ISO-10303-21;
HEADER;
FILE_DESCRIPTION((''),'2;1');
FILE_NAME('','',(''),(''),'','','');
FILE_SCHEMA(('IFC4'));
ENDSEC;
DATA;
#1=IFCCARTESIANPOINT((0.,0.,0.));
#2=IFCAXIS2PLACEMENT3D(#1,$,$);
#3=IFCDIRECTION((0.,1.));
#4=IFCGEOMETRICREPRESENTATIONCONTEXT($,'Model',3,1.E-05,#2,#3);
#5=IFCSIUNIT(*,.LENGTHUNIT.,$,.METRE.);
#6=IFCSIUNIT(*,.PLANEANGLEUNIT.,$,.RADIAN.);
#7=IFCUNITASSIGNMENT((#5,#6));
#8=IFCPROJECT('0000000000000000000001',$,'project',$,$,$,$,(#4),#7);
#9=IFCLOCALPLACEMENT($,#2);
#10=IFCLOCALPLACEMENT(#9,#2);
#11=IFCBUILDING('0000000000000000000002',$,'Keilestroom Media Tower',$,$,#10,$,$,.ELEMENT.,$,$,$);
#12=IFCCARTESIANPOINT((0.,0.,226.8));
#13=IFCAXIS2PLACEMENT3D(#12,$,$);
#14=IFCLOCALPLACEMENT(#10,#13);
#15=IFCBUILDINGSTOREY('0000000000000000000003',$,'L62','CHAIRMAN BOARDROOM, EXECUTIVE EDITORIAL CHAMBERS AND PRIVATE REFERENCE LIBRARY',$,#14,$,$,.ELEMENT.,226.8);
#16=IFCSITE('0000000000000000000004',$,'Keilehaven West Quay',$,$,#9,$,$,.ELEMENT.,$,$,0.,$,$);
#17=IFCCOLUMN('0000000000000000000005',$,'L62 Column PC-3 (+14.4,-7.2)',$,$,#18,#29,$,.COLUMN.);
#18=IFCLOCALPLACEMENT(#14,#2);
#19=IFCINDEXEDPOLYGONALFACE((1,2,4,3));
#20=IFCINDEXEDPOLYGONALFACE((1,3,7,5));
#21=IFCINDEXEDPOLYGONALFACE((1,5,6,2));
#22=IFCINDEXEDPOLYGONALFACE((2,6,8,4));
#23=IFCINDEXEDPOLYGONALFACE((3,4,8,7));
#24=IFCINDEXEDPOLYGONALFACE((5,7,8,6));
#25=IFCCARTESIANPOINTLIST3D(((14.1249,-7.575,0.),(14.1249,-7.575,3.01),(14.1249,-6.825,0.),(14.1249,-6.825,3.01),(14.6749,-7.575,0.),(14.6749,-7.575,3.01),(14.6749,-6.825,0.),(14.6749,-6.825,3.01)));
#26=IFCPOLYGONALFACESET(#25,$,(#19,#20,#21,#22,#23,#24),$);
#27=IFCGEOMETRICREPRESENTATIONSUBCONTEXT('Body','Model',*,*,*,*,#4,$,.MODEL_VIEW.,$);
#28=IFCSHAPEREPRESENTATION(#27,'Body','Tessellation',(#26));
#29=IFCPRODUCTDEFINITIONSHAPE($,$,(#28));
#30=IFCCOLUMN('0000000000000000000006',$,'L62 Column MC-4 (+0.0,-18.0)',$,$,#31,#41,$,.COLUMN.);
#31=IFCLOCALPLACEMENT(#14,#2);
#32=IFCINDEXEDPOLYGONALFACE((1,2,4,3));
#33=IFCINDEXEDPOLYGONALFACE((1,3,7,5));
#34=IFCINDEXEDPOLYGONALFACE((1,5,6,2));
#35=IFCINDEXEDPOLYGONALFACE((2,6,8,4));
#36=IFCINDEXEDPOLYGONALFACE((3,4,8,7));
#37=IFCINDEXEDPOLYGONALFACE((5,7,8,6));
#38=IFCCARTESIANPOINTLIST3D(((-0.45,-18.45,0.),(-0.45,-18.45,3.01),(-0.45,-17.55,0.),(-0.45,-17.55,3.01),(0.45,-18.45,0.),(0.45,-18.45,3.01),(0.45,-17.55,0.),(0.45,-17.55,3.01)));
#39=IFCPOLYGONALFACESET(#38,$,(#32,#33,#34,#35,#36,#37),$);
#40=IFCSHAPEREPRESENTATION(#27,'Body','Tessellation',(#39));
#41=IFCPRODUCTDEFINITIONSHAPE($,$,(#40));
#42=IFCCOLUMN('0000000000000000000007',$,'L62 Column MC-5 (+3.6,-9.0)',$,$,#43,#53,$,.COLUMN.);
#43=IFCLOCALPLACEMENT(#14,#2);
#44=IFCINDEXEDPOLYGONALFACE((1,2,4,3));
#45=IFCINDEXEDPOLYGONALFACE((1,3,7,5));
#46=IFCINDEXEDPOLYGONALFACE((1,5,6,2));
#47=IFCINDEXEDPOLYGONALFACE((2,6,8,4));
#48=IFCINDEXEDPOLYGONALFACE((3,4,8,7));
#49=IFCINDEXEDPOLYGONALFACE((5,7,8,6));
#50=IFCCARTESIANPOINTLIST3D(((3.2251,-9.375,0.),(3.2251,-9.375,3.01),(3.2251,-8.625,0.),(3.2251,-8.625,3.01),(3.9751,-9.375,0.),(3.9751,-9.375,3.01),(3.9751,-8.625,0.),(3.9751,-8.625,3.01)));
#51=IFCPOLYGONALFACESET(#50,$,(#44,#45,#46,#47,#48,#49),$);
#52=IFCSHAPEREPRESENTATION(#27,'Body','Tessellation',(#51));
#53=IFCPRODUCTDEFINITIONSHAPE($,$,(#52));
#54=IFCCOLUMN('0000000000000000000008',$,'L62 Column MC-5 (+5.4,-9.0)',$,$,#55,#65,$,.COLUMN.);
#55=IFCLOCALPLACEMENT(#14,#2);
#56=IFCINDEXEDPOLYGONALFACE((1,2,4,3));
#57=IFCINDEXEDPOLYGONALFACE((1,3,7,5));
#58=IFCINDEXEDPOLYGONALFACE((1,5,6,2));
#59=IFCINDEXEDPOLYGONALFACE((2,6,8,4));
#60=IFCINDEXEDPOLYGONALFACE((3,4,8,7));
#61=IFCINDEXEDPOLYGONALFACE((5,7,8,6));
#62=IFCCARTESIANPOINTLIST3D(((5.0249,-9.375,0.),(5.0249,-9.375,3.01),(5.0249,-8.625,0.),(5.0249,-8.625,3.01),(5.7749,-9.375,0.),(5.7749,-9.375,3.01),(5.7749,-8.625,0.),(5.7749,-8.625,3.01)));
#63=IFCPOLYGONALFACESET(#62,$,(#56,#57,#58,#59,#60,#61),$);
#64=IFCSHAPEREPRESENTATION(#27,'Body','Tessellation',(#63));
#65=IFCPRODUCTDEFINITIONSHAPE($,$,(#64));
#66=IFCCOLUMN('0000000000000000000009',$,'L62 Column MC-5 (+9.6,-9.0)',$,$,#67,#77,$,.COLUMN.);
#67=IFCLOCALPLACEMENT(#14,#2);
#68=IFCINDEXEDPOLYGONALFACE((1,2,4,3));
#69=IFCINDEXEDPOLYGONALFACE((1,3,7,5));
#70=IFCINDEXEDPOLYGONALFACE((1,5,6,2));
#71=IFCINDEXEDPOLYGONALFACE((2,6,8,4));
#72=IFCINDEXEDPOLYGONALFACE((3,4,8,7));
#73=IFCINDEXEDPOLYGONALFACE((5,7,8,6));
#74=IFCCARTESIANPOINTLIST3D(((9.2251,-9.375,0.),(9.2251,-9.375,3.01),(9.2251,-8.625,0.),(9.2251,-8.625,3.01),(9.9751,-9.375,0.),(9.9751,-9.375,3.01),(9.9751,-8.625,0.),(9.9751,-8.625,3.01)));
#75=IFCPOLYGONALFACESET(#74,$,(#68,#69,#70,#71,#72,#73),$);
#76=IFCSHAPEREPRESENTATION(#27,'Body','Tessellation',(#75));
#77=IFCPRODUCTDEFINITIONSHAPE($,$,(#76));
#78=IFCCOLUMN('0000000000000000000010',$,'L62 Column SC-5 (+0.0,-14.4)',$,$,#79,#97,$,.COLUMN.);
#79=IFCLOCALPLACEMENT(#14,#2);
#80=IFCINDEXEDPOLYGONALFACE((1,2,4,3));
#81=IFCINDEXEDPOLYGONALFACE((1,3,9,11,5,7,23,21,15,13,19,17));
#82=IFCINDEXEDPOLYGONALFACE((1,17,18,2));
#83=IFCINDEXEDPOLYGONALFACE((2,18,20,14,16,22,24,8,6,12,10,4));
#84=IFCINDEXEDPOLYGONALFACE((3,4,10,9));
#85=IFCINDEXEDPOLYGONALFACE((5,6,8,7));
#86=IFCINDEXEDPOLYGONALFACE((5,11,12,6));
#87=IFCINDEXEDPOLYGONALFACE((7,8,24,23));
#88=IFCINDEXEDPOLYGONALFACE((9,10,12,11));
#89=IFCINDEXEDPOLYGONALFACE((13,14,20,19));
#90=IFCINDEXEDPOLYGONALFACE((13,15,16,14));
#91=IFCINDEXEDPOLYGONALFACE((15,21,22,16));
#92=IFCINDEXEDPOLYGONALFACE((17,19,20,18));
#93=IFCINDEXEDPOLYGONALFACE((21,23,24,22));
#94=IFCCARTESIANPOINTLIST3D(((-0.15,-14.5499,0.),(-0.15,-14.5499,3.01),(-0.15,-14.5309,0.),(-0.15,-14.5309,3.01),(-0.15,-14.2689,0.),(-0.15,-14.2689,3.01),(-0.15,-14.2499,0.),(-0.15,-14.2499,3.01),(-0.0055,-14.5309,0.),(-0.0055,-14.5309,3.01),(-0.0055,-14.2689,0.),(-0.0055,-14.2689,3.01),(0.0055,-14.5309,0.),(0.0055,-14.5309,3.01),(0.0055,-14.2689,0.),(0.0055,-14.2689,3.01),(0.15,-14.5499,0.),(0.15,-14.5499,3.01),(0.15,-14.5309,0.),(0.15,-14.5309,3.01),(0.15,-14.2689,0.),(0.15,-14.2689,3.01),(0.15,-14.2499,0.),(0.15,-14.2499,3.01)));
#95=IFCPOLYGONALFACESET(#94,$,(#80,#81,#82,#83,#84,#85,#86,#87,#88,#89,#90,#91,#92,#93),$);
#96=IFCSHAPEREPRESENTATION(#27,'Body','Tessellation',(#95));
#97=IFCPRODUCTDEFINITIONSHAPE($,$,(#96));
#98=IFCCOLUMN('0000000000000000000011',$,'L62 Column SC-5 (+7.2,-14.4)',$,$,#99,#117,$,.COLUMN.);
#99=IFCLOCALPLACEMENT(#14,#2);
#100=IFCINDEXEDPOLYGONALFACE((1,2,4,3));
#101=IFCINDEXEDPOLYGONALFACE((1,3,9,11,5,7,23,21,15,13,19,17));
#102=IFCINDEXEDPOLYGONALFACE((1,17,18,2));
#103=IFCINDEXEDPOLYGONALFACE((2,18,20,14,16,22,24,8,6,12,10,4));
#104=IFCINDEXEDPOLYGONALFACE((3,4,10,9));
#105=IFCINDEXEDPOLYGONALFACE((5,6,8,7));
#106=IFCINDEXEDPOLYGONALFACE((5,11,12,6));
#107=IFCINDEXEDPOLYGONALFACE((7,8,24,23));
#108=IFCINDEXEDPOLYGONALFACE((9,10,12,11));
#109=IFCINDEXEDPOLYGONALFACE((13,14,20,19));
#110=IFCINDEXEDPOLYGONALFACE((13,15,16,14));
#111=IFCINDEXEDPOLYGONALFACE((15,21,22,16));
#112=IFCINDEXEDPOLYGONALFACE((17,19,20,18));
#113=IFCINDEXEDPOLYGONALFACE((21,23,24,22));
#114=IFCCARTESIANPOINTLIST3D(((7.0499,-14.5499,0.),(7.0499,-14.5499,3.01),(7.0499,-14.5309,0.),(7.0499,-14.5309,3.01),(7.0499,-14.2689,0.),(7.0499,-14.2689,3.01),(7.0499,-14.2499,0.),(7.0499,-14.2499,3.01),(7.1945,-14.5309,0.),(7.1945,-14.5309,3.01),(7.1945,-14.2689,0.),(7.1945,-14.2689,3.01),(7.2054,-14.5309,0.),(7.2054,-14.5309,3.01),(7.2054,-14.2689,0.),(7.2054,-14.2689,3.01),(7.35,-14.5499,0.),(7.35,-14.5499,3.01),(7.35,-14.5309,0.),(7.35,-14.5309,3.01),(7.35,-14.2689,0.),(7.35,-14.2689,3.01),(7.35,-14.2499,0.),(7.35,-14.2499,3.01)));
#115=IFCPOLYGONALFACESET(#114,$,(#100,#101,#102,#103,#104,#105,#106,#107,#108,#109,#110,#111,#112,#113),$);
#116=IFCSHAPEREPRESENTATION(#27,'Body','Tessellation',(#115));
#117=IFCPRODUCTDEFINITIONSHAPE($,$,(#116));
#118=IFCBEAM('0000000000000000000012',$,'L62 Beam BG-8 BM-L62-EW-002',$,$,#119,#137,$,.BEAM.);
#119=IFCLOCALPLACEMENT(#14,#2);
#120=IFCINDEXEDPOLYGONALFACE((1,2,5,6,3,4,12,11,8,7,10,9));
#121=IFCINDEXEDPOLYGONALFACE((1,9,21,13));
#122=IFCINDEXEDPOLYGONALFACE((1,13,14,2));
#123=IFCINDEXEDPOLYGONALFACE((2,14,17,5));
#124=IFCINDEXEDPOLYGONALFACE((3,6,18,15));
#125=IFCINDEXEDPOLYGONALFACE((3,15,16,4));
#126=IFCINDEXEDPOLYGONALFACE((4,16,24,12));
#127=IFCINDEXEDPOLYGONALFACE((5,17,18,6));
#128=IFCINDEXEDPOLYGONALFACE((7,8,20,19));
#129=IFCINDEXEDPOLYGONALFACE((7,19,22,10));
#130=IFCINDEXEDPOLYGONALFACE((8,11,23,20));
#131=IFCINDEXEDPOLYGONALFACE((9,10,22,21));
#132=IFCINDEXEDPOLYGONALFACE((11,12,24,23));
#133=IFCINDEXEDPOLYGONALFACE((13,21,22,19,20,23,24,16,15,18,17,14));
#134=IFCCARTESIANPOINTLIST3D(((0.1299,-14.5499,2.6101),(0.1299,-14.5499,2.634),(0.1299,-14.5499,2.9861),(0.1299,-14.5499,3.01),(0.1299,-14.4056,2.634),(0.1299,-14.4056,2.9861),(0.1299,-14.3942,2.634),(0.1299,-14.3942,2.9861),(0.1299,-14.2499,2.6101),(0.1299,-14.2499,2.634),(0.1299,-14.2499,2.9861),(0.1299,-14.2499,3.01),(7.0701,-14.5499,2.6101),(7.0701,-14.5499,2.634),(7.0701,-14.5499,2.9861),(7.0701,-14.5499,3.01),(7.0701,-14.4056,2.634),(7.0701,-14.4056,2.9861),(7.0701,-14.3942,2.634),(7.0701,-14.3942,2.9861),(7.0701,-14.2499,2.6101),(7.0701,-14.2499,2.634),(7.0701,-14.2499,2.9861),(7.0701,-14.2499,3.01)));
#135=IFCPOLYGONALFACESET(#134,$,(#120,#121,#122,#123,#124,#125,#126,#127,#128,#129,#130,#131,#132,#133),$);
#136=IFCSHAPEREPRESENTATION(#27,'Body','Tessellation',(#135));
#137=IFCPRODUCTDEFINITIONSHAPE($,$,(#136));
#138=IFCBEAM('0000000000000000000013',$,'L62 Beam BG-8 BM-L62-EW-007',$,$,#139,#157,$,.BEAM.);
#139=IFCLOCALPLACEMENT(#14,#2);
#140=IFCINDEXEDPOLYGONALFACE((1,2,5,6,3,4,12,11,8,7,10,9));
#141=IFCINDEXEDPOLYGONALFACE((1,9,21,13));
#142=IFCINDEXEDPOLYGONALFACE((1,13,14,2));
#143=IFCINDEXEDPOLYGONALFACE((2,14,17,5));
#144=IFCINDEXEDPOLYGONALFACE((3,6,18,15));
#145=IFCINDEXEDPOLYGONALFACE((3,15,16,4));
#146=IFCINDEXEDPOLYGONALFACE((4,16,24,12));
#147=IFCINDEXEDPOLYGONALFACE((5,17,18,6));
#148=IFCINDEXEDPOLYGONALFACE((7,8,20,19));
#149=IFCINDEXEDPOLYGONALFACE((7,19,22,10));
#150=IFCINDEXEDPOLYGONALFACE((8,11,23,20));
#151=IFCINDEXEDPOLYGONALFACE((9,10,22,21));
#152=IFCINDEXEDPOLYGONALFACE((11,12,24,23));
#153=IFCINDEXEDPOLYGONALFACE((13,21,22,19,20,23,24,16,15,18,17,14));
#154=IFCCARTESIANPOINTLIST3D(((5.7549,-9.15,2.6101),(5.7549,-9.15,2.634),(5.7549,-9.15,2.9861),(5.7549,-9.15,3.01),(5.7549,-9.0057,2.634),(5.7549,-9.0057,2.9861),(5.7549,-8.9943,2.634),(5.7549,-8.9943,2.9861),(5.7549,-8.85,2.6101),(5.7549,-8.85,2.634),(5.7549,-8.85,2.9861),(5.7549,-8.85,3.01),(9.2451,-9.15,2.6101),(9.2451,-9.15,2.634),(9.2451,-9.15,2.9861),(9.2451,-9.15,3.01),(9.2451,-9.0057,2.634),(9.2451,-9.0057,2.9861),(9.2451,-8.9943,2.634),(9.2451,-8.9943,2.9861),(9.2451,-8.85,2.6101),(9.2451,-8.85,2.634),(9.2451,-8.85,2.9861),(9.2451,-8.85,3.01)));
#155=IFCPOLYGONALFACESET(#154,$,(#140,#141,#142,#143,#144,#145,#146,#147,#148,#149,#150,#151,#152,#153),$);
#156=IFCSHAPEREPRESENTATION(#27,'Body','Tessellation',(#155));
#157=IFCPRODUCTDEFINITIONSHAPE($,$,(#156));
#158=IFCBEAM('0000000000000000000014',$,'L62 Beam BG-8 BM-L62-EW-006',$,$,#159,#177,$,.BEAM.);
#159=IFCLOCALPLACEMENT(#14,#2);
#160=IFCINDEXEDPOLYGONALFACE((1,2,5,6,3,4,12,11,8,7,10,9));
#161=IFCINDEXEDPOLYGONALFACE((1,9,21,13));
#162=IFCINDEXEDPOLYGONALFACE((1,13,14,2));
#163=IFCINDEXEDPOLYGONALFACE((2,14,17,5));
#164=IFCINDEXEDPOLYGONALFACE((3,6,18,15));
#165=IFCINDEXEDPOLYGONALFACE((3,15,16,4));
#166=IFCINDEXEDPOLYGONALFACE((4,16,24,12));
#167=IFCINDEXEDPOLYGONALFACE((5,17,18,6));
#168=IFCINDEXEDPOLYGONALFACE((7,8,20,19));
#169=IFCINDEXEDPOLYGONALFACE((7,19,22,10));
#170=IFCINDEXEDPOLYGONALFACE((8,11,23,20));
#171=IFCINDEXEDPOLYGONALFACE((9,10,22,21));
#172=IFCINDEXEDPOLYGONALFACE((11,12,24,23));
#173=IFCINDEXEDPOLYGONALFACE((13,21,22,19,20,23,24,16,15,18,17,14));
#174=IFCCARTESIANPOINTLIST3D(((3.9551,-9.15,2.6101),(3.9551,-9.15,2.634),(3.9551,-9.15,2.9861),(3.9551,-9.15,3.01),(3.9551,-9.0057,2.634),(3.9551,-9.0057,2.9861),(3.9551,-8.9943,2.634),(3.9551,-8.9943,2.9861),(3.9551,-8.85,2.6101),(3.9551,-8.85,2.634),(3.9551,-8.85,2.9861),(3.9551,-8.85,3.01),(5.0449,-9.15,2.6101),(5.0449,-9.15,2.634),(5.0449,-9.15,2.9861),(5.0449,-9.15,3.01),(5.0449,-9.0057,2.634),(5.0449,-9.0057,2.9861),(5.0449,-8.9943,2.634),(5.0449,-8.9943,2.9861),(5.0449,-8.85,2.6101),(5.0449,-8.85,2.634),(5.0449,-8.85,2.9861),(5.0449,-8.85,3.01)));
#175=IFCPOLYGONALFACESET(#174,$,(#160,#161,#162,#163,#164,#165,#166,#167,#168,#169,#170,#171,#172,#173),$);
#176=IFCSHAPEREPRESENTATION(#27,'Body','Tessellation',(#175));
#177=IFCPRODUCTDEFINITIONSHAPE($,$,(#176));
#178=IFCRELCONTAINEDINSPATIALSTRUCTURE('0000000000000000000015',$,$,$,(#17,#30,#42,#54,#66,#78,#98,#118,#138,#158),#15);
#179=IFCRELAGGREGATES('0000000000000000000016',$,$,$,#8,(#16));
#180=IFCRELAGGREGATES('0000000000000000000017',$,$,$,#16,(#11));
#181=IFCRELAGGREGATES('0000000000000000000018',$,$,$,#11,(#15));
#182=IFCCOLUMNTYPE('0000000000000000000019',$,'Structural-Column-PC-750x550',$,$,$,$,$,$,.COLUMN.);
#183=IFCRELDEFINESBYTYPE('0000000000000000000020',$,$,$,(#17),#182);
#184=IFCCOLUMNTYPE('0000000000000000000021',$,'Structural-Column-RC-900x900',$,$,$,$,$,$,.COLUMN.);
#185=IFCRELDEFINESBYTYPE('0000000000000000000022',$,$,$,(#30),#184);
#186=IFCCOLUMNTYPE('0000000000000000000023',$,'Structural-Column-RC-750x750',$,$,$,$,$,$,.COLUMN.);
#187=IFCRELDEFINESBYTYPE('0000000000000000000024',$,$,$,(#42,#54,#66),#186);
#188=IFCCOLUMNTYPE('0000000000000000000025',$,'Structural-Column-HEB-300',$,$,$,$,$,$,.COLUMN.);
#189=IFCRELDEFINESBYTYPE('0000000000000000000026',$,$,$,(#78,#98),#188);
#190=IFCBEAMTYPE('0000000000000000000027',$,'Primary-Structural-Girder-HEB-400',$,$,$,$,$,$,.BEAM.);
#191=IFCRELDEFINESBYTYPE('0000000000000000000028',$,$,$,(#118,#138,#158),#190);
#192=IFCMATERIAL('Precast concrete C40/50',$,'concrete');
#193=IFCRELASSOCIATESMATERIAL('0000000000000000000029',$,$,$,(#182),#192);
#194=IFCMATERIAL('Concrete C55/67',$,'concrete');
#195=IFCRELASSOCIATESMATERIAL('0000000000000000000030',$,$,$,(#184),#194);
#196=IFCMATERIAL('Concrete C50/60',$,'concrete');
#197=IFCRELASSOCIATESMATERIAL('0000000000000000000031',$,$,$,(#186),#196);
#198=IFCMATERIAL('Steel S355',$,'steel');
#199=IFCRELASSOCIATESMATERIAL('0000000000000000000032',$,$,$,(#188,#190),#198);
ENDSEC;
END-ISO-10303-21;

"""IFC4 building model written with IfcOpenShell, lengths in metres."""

from ifc_helpers import new_model, si_unit, direction, frame, origin, origin_2d, place, context, subcontext, project, spatial, rectangle, i_section, extrude, source, transform, mapped, material, material_profile, profile_set, type_object, element, save


model = new_model("IFC4")

# Units and contexts
model_context = context("Model", 3, precision=1e-05, world=origin(), true_north=direction((0.0, 1.0)))
body_context = subcontext(model_context, "Body", "Model", "MODEL_VIEW")
ifc_project = project(units=[si_unit("LENGTHUNIT", "METRE"), si_unit("PLANEANGLEUNIT", "RADIAN")], contexts=[model_context])

# Site, building, storey
site_placement = place(None, origin())
site = spatial("IfcSite", under=ifc_project, at=site_placement, Name="Keilehaven West Quay", CompositionType="ELEMENT", RefElevation=0.0)
building_placement = place(site_placement, origin())
building = spatial("IfcBuilding", under=site, at=building_placement, Name="Keilestroom Media Tower", CompositionType="ELEMENT")
storey_placement = place(building_placement, frame((0.0, 0.0, 226.8)))
storey = spatial("IfcBuildingStorey", under=building, at=storey_placement, Name="L62", Description="CHAIRMAN BOARDROOM, EXECUTIVE EDITORIAL CHAMBERS AND PRIVATE REFERENCE LIBRARY", CompositionType="ELEMENT", Elevation=226.8)

# Columns
ifc_material_1 = material(Name="Precast concrete C40/50", Category="concrete")
ifc_material_profile_1 = material_profile(ifc_material_1, rectangle(XDim=0.55, YDim=0.75, at=origin_2d()), Name="PC 750x550")
ifc_profile_set_1 = profile_set([ifc_material_profile_1], Name="Precast concrete C40/50")
column_type_1 = type_object("IfcColumnType", Name="Structural-Column-PC-750x550", PredefinedType="COLUMN", material=ifc_profile_set_1)
shared_shape_1 = source(origin(), body_context, "Body", "SweptSolid", [
    extrude(rectangle(XDim=0.55, YDim=0.75, at=origin_2d()), origin(), (0.0, 0.0, 1.0), 3.01),
])
column_1_placement = place(storey_placement, frame((14.3999, -7.2, 0.0), z_axis=(0.0, 0.0, 1.0), x_axis=(1.0, 0.0, 0.0)))
element("IfcColumn", 1, at=column_1_placement, inside=storey, type_object=column_type_1, Name="L62 Column PC-3 (+14.4,-7.2)", PredefinedType="COLUMN", context=body_context, shape_type="MappedRepresentation", body=[
    mapped(shared_shape_1, transform((0.0, 0.0, 0.0), x_axis=(1.0, 0.0, 0.0), y_axis=(0.0, 1.0, 0.0), z_axis=(0.0, 0.0, 1.0), scale=1.0)),
])
ifc_material_2 = material(Name="Concrete C55/67", Category="concrete")
ifc_material_profile_2 = material_profile(ifc_material_2, rectangle(XDim=0.8999, YDim=0.8999, at=origin_2d()), Name="RC 900x900")
ifc_profile_set_2 = profile_set([ifc_material_profile_2], Name="Concrete C55/67")
column_type_2 = type_object("IfcColumnType", Name="Structural-Column-RC-900x900", PredefinedType="COLUMN", material=ifc_profile_set_2)
shared_shape_2 = source(origin(), body_context, "Body", "SweptSolid", [
    extrude(rectangle(XDim=0.8999, YDim=0.8999, at=origin_2d()), origin(), (0.0, 0.0, 1.0), 3.01),
])
column_2_placement = place(storey_placement, frame((0.0, -18.0, 0.0), z_axis=(0.0, 0.0, 1.0), x_axis=(1.0, 0.0, 0.0)))
element("IfcColumn", 2, at=column_2_placement, inside=storey, type_object=column_type_2, Name="L62 Column MC-4 (+0.0,-18.0)", PredefinedType="COLUMN", context=body_context, shape_type="MappedRepresentation", body=[
    mapped(shared_shape_2, transform((0.0, 0.0, 0.0), x_axis=(1.0, 0.0, 0.0), y_axis=(0.0, 1.0, 0.0), z_axis=(0.0, 0.0, 1.0), scale=1.0)),
])
ifc_material_3 = material(Name="Concrete C50/60", Category="concrete")
ifc_material_profile_3 = material_profile(ifc_material_3, rectangle(XDim=0.75, YDim=0.75, at=origin_2d()), Name="RC 750x750")
ifc_profile_set_3 = profile_set([ifc_material_profile_3], Name="Concrete C50/60")
column_type_3 = type_object("IfcColumnType", Name="Structural-Column-RC-750x750", PredefinedType="COLUMN", material=ifc_profile_set_3)
shared_shape_3 = source(origin(), body_context, "Body", "SweptSolid", [
    extrude(rectangle(XDim=0.75, YDim=0.75, at=origin_2d()), origin(), (0.0, 0.0, 1.0), 3.01),
])
for number, where, z_axis, x_axis, name in (
    (3, (3.6001, -9.0, 0.0), (0.0, 0.0, 1.0), (1.0, 0.0, 0.0), "L62 Column MC-5 (+3.6,-9.0)"),
    (4, (5.3999, -9.0, 0.0), (0.0, 0.0, 1.0), (1.0, 0.0, 0.0), "L62 Column MC-5 (+5.4,-9.0)"),
    (5, (9.6001, -9.0, 0.0), (0.0, 0.0, 1.0), (1.0, 0.0, 0.0), "L62 Column MC-5 (+9.6,-9.0)"),
):
    element("IfcColumn", number, at=place(storey_placement, frame(where, z_axis=z_axis, x_axis=x_axis)), inside=storey, type_object=column_type_3, Name=name, PredefinedType="COLUMN", context=body_context, shape_type="MappedRepresentation", body=[
        mapped(shared_shape_3, transform((0.0, 0.0, 0.0), x_axis=(1.0, 0.0, 0.0), y_axis=(0.0, 1.0, 0.0), z_axis=(0.0, 0.0, 1.0), scale=1.0)),
    ])
ifc_material_4 = material(Name="Steel S355", Category="steel")
ifc_material_profile_4 = material_profile(ifc_material_4, i_section(OverallWidth=0.3, OverallDepth=0.3, WebThickness=0.011, FlangeThickness=0.019, at=origin_2d()), Name="HEB 300")
ifc_profile_set_4 = profile_set([ifc_material_profile_4], Name="Steel S355")
column_type_4 = type_object("IfcColumnType", Name="Structural-Column-HEB-300", PredefinedType="COLUMN", material=ifc_profile_set_4)
shared_shape_4 = source(origin(), body_context, "Body", "SweptSolid", [
    extrude(i_section(OverallWidth=0.3, OverallDepth=0.3, WebThickness=0.011, FlangeThickness=0.019, at=origin_2d()), origin(), (0.0, 0.0, 1.0), 3.01),
])
for number, where, z_axis, x_axis, name in (
    (6, (0.0, -14.3999, 0.0), (0.0, 0.0, 1.0), (1.0, 0.0, 0.0), "L62 Column SC-5 (+0.0,-14.4)"),
    (7, (7.2, -14.3999, 0.0), (0.0, 0.0, 1.0), (1.0, 0.0, 0.0), "L62 Column SC-5 (+7.2,-14.4)"),
):
    element("IfcColumn", number, at=place(storey_placement, frame(where, z_axis=z_axis, x_axis=x_axis)), inside=storey, type_object=column_type_4, Name=name, PredefinedType="COLUMN", context=body_context, shape_type="MappedRepresentation", body=[
        mapped(shared_shape_4, transform((0.0, 0.0, 0.0), x_axis=(1.0, 0.0, 0.0), y_axis=(0.0, 1.0, 0.0), z_axis=(0.0, 0.0, 1.0), scale=1.0)),
    ])

# Beams
ifc_material_profile_5 = material_profile(ifc_material_4, i_section(OverallWidth=0.3, OverallDepth=0.3999, WebThickness=0.0115, FlangeThickness=0.0239, at=origin_2d()), Name="HEB 400")
ifc_profile_set_5 = profile_set([ifc_material_profile_5], Name="Steel S355")
beam_type_1 = type_object("IfcBeamType", Name="Primary-Structural-Girder-HEB-400", PredefinedType="BEAM", material=ifc_profile_set_5)
shared_shape_5 = source(origin(), body_context, "Body", "SweptSolid", [
    extrude(i_section(OverallWidth=0.3, OverallDepth=0.3999, WebThickness=0.0115, FlangeThickness=0.0239, at=origin_2d()), origin(), (0.0, 0.0, 1.0), 6.9402),
])
beam_1_placement = place(storey_placement, frame((0.1299, -14.3999, 2.8101), z_axis=(1.0, 0.0, 0.0), x_axis=(0.0, 1.0, 0.0)))
element("IfcBeam", 8, at=beam_1_placement, inside=storey, type_object=beam_type_1, Name="L62 Beam BG-8 BM-L62-EW-002", PredefinedType="BEAM", context=body_context, shape_type="MappedRepresentation", body=[
    mapped(shared_shape_5, transform((0.0, 0.0, 0.0), x_axis=(1.0, 0.0, 0.0), y_axis=(0.0, 1.0, 0.0), z_axis=(0.0, 0.0, 1.0), scale=1.0)),
])
shared_shape_6 = source(origin(), body_context, "Body", "SweptSolid", [
    extrude(i_section(OverallWidth=0.3, OverallDepth=0.3999, WebThickness=0.0115, FlangeThickness=0.0239, at=origin_2d()), origin(), (0.0, 0.0, 1.0), 3.4902),
])
beam_2_placement = place(storey_placement, frame((5.7549, -9.0, 2.8101), z_axis=(1.0, 0.0, 0.0), x_axis=(0.0, 1.0, 0.0)))
element("IfcBeam", 9, at=beam_2_placement, inside=storey, type_object=beam_type_1, Name="L62 Beam BG-8 BM-L62-EW-007", PredefinedType="BEAM", context=body_context, shape_type="MappedRepresentation", body=[
    mapped(shared_shape_6, transform((0.0, 0.0, 0.0), x_axis=(1.0, 0.0, 0.0), y_axis=(0.0, 1.0, 0.0), z_axis=(0.0, 0.0, 1.0), scale=1.0)),
])
shared_shape_7 = source(origin(), body_context, "Body", "SweptSolid", [
    extrude(i_section(OverallWidth=0.3, OverallDepth=0.3999, WebThickness=0.0115, FlangeThickness=0.0239, at=origin_2d()), origin(), (0.0, 0.0, 1.0), 1.0898),
])
beam_3_placement = place(storey_placement, frame((3.9551, -9.0, 2.8101), z_axis=(1.0, 0.0, 0.0), x_axis=(0.0, 1.0, 0.0)))
element("IfcBeam", 10, at=beam_3_placement, inside=storey, type_object=beam_type_1, Name="L62 Beam BG-8 BM-L62-EW-006", PredefinedType="BEAM", context=body_context, shape_type="MappedRepresentation", body=[
    mapped(shared_shape_7, transform((0.0, 0.0, 0.0), x_axis=(1.0, 0.0, 0.0), y_axis=(0.0, 1.0, 0.0), z_axis=(0.0, 0.0, 1.0), scale=1.0)),
])

save(model, "model.ifc")
